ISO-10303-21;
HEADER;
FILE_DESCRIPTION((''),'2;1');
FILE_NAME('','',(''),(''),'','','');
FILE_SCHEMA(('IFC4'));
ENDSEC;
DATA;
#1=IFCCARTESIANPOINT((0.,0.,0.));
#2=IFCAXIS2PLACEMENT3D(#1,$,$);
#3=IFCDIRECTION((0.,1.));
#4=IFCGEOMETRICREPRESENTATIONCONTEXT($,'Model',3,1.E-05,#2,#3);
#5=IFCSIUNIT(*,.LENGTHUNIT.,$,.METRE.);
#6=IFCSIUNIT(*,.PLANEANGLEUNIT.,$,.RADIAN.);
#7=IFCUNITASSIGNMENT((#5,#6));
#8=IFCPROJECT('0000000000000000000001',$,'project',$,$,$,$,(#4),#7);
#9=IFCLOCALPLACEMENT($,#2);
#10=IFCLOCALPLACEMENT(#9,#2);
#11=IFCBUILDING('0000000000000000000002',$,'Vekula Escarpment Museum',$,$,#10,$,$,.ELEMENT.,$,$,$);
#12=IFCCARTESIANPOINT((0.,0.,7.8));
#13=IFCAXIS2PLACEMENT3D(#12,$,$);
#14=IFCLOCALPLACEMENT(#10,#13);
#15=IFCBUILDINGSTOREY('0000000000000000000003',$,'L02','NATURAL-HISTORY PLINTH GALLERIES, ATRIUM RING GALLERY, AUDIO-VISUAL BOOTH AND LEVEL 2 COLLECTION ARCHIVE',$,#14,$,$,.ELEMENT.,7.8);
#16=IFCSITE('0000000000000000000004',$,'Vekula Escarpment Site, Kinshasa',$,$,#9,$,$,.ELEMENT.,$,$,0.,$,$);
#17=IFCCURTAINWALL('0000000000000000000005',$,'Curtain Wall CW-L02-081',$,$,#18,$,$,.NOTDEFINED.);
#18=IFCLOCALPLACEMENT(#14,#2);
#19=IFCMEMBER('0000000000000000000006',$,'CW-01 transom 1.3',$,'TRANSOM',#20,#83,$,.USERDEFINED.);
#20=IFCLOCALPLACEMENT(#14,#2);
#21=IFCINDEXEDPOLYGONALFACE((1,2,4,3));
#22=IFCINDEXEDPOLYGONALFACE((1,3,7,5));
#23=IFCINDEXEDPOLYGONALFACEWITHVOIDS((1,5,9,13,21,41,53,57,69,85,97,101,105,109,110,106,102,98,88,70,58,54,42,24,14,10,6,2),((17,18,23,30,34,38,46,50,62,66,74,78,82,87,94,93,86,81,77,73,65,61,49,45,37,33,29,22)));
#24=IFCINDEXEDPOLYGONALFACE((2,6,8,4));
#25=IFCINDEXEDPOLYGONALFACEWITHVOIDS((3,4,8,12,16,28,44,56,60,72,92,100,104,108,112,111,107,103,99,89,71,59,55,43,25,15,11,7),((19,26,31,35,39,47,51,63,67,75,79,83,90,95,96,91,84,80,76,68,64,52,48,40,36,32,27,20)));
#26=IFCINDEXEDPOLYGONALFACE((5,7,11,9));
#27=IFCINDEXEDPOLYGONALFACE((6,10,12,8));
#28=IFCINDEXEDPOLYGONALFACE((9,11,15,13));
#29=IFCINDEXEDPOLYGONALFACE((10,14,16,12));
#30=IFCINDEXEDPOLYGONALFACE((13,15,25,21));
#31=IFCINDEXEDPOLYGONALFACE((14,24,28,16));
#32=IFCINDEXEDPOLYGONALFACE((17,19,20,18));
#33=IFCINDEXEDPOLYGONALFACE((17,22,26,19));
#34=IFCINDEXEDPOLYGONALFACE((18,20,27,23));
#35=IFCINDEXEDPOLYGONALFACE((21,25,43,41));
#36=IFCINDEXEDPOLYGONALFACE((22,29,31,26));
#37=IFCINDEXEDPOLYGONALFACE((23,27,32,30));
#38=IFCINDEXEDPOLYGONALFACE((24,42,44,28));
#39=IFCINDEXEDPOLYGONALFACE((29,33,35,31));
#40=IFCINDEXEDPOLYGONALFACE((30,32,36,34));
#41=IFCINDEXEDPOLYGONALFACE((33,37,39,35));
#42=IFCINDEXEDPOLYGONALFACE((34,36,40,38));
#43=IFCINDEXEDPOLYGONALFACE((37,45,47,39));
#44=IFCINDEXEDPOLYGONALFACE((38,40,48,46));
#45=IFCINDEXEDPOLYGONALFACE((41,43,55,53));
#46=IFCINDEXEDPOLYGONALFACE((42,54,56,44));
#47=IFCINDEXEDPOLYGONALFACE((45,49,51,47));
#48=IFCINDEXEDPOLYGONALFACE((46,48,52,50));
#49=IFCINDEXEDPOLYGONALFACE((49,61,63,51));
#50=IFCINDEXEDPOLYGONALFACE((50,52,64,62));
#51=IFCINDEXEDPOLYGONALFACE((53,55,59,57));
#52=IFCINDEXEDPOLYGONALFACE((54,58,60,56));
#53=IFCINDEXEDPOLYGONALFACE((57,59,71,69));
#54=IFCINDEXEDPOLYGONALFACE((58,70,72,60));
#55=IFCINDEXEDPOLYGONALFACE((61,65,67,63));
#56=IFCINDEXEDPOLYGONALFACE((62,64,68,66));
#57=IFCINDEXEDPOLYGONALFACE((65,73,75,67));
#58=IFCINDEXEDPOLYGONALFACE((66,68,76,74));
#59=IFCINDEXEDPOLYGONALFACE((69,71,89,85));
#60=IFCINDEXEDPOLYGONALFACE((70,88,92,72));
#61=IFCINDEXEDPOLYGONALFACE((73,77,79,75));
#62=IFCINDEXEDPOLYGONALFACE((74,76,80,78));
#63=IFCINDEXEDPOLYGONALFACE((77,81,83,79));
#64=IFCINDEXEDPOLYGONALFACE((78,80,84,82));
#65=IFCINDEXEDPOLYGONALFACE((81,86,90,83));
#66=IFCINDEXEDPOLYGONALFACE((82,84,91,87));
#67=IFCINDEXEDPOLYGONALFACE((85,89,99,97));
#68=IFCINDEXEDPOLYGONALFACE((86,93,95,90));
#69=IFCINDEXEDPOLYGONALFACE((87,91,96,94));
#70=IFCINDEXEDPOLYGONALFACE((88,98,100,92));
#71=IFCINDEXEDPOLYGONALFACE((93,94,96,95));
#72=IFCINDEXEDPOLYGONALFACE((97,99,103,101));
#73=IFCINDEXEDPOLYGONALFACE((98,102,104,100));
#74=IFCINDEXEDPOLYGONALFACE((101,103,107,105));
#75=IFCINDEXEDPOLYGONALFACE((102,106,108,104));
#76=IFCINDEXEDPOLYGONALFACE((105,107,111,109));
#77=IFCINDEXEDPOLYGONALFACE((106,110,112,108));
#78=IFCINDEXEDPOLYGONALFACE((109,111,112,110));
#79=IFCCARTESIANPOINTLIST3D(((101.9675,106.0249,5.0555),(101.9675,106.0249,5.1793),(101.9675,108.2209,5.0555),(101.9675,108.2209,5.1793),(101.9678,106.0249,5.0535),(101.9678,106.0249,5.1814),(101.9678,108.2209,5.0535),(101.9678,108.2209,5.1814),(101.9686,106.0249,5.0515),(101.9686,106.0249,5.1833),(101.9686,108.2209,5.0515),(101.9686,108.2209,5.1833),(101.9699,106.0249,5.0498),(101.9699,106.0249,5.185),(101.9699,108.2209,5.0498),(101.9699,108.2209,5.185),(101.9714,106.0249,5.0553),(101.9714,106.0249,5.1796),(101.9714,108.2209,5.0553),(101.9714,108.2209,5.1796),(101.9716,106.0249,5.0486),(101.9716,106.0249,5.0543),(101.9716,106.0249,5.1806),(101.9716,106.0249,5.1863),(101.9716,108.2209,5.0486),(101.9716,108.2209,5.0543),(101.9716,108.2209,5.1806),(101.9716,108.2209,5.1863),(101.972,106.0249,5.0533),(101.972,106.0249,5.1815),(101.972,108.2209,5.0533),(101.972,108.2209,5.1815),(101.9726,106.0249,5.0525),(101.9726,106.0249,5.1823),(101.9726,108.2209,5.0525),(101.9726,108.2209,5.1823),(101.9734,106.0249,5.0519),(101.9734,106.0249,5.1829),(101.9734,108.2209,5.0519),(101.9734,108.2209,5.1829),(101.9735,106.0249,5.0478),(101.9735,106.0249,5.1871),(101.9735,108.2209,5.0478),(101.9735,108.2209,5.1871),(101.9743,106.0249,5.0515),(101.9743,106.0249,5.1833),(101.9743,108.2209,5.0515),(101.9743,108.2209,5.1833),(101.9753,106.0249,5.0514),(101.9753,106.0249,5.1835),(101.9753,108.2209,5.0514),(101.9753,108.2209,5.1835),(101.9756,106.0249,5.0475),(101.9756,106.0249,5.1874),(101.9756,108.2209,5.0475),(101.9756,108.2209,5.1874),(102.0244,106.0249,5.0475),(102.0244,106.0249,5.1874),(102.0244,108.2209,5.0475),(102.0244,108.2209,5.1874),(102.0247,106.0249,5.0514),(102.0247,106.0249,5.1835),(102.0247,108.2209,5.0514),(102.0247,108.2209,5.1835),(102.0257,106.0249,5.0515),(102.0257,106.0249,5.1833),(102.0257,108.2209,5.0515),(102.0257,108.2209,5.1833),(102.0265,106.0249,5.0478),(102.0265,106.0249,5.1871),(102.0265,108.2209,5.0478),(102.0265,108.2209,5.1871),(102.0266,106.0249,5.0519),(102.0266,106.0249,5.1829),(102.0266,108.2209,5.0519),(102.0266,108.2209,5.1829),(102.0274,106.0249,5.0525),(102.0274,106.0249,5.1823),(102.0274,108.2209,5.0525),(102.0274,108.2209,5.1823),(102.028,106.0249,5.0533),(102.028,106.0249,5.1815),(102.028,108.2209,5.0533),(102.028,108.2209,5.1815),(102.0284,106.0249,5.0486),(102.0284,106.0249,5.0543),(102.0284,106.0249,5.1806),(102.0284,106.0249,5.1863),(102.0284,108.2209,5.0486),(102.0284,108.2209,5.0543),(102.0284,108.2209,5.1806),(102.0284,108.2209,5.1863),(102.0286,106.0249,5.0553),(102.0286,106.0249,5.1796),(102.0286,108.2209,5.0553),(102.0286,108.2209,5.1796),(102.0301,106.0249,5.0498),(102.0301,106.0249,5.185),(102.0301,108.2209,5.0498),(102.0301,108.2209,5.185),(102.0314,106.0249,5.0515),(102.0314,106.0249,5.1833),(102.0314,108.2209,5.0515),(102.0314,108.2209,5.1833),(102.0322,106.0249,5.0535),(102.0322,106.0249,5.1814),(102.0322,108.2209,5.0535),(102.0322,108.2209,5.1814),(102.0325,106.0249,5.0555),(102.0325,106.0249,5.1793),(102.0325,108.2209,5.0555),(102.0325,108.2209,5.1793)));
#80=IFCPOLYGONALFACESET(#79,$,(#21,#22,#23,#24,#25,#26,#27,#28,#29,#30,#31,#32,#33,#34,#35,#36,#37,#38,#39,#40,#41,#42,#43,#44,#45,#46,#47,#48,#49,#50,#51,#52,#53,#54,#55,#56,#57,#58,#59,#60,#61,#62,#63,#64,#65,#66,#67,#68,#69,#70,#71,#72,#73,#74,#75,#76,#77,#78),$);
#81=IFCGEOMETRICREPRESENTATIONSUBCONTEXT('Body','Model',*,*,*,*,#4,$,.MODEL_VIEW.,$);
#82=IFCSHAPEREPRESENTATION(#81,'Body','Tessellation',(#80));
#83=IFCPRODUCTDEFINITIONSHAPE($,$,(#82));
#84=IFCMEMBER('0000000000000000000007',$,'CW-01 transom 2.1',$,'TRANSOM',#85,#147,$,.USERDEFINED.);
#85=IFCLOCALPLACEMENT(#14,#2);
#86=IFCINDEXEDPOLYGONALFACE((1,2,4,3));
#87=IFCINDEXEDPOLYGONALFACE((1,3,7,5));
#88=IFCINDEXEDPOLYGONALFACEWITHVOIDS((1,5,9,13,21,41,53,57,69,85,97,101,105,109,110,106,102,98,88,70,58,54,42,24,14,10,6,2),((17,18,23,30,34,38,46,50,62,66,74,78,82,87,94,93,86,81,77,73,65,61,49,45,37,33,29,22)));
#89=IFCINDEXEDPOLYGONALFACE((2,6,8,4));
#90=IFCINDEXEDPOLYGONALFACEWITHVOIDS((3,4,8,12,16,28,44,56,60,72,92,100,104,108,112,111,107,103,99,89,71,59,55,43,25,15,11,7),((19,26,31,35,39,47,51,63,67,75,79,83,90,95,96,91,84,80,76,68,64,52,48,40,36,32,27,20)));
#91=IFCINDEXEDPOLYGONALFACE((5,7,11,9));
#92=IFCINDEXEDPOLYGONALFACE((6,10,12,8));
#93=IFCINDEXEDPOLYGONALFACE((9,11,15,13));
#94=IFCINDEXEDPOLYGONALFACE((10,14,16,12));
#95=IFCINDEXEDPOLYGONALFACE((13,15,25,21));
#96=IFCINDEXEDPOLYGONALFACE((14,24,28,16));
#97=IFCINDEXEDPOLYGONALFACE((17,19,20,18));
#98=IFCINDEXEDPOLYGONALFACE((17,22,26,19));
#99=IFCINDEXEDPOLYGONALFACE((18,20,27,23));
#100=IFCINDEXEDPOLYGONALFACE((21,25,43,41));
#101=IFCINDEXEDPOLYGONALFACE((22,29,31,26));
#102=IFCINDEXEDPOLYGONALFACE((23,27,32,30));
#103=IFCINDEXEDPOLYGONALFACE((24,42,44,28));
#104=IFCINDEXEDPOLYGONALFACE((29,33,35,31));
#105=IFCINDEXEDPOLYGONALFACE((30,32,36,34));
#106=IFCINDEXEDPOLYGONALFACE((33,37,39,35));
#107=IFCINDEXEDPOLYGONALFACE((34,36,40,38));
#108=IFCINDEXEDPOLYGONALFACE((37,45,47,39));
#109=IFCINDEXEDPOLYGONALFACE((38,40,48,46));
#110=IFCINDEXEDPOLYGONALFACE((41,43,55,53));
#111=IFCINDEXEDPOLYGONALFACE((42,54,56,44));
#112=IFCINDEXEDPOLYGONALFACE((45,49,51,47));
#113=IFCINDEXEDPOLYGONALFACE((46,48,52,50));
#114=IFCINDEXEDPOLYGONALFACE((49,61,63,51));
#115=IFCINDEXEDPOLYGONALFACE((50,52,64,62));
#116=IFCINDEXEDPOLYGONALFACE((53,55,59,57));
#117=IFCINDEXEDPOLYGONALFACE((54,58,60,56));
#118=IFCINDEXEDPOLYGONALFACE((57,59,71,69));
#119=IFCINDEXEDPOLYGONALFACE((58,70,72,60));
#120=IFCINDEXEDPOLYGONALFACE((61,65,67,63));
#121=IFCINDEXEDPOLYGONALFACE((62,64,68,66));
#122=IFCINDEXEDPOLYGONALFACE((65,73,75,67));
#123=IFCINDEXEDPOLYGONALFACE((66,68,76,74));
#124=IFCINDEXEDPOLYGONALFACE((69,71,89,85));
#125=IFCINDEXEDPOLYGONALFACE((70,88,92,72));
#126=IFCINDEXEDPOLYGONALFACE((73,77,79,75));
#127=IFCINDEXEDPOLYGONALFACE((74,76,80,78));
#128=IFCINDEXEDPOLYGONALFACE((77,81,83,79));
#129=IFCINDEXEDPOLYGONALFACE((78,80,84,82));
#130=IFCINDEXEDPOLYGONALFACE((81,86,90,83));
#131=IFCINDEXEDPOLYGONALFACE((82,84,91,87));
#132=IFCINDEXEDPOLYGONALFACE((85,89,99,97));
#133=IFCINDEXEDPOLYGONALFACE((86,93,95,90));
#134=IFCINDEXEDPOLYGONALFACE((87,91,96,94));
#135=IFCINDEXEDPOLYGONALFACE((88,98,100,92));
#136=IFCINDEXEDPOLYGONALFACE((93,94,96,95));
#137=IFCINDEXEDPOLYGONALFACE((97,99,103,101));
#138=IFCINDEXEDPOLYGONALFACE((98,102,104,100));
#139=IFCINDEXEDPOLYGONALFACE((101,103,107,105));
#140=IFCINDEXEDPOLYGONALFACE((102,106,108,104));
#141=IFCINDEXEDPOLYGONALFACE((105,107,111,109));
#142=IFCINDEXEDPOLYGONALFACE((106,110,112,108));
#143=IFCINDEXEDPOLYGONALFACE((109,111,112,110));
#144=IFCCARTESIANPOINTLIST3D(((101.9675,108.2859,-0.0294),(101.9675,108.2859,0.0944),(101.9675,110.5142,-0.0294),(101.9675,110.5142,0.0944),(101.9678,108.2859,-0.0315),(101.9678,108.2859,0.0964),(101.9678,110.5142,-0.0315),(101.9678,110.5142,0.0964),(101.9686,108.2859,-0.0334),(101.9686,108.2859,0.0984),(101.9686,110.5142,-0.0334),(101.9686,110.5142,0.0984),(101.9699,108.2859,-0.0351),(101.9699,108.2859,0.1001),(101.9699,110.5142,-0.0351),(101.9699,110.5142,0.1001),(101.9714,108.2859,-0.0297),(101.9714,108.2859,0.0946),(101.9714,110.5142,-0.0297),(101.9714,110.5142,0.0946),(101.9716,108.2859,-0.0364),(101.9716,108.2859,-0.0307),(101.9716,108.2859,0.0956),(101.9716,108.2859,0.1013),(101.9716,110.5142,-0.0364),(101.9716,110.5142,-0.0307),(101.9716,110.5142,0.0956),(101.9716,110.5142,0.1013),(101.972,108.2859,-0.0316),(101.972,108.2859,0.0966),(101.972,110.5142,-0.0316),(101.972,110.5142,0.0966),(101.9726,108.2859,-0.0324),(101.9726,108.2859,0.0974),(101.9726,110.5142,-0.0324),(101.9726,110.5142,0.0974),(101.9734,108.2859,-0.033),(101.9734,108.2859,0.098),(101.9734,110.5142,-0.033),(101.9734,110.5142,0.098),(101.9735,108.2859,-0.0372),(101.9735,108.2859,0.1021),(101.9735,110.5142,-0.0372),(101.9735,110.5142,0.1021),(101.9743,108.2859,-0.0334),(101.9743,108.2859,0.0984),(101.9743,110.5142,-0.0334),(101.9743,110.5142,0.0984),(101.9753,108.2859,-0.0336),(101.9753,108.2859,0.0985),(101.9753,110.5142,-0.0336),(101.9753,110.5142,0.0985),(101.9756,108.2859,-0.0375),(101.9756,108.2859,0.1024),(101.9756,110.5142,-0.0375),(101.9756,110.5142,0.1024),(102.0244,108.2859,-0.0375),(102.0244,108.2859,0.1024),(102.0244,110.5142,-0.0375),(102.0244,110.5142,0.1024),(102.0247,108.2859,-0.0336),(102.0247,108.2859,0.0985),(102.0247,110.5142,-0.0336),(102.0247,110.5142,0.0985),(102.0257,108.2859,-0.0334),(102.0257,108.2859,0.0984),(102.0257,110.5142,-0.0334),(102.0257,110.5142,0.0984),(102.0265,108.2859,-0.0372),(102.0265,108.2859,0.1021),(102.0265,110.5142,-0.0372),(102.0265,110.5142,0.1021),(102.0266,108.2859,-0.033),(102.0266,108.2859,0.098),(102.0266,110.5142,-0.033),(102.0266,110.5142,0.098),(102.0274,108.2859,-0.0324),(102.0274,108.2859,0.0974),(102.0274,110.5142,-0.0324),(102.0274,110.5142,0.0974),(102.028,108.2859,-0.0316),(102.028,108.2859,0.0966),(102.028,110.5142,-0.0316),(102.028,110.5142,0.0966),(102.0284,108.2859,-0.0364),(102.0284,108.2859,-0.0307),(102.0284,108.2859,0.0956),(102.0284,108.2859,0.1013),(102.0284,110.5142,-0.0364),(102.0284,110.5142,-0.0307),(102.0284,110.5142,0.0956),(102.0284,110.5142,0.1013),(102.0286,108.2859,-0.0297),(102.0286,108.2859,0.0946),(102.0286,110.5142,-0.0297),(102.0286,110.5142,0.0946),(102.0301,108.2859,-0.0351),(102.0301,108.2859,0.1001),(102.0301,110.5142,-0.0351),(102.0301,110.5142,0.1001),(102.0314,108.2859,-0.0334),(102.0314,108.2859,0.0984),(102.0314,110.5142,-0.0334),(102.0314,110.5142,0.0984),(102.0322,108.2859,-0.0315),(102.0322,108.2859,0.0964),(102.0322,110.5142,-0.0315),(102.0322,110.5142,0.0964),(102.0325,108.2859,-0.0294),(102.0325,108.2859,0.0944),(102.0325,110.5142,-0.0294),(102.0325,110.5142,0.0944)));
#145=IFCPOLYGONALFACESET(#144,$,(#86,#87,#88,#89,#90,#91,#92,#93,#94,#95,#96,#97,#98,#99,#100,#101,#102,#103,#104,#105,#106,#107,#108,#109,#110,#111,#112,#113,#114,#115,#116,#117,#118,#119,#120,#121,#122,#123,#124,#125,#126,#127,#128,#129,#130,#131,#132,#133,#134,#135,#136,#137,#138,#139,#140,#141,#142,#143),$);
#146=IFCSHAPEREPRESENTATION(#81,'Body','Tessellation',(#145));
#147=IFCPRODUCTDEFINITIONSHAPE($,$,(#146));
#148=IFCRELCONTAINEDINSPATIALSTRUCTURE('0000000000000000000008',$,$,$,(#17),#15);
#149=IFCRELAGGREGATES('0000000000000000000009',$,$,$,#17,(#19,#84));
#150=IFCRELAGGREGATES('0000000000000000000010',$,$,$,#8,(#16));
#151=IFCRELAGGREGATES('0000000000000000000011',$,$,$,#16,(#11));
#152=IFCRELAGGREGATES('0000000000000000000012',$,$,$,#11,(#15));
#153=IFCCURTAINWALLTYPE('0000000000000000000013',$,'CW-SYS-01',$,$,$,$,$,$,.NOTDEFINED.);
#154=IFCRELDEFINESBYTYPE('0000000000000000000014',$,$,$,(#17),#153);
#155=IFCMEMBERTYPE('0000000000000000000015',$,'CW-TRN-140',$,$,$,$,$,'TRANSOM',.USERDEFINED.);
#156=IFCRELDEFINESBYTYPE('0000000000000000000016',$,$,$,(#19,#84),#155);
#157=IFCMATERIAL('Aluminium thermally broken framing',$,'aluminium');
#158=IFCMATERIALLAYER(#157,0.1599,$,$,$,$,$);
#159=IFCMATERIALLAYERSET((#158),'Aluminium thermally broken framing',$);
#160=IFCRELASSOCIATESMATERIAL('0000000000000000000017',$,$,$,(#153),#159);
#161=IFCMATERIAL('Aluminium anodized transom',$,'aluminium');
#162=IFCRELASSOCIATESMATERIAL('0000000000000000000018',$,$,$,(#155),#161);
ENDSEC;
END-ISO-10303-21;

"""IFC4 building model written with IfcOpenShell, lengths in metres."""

from ifc_helpers import new_model, si_unit, direction, frame, origin, origin_2d, place, context, subcontext, project, spatial, hollow_rectangle, extrude, material, layer, layer_set, material_profile, profile_set, type_object, element, aggregate, save


model = new_model("IFC4")

# Units and contexts
model_context = context("Model", 3, precision=1e-05, world=origin(), true_north=direction((0.0, 1.0)))
body_context = subcontext(model_context, "Body", "Model", "MODEL_VIEW")
ifc_project = project(units=[si_unit("LENGTHUNIT", "METRE"), si_unit("PLANEANGLEUNIT", "RADIAN")], contexts=[model_context])

# Site, building, storey
site_placement = place(None, origin())
site = spatial("IfcSite", under=ifc_project, at=site_placement, Name="Vekula Escarpment Site, Kinshasa", CompositionType="ELEMENT", RefElevation=0.0)
building_placement = place(site_placement, origin())
building = spatial("IfcBuilding", under=site, at=building_placement, Name="Vekula Escarpment Museum", CompositionType="ELEMENT")
storey_placement = place(building_placement, frame((0.0, 0.0, 7.8)))
storey = spatial("IfcBuildingStorey", under=building, at=storey_placement, Name="L02", Description="NATURAL-HISTORY PLINTH GALLERIES, ATRIUM RING GALLERY, AUDIO-VISUAL BOOTH AND LEVEL 2 COLLECTION ARCHIVE", CompositionType="ELEMENT", Elevation=7.8)

# Curtain wall
ifc_material_1 = material(Name="Aluminium thermally broken framing", Category="aluminium")
ifc_layer_1 = layer(ifc_material_1, 0.1599)
ifc_layer_set_1 = layer_set([ifc_layer_1], Name="Aluminium thermally broken framing")
curtain_wall_type_1 = type_object("IfcCurtainWallType", Name="CW-SYS-01", PredefinedType="NOTDEFINED", material=ifc_layer_set_1)
curtain_wall_1_placement = place(storey_placement, origin())
curtain_wall_1 = element("IfcCurtainWall", 1, at=curtain_wall_1_placement, inside=storey, type_object=curtain_wall_type_1, Name="Curtain Wall CW-L02-081", PredefinedType="NOTDEFINED")

# Members
ifc_material_2 = material(Name="Aluminium anodized transom", Category="aluminium")
ifc_material_profile_1 = material_profile(ifc_material_2, hollow_rectangle(XDim=0.0649, YDim=0.1399, WallThickness=0.0039, InnerFilletRadius=0.0039, OuterFilletRadius=0.0081, at=origin_2d()), Name="ALU 140x65x4")
ifc_profile_set_1 = profile_set([ifc_material_profile_1], Name="Aluminium anodized transom")
member_type_1 = type_object("IfcMemberType", Name="CW-TRN-140", ElementType="TRANSOM", PredefinedType="USERDEFINED", material=ifc_profile_set_1)
member_1_placement = place(storey_placement, frame((102.0, 106.0249, 5.1174), z_axis=(0.0, 1.0, 0.0), x_axis=(-1.0, 0.0, 0.0)))
member_1 = element("IfcMember", 2, at=member_1_placement, type_object=member_type_1, Name="CW-01 transom 1.3", ObjectType="TRANSOM", PredefinedType="USERDEFINED", context=body_context, shape_type="SweptSolid", body=[
    extrude(hollow_rectangle(XDim=0.0649, YDim=0.1399, WallThickness=0.0039, InnerFilletRadius=0.0039, OuterFilletRadius=0.0081, at=origin_2d()), origin(), (0.0, 0.0, 1.0), 2.196),
])
member_2_placement = place(storey_placement, frame((102.0, 108.2859, 0.0325), z_axis=(0.0, 1.0, 0.0), x_axis=(-1.0, 0.0, 0.0)))
member_2 = element("IfcMember", 3, at=member_2_placement, type_object=member_type_1, Name="CW-01 transom 2.1", ObjectType="TRANSOM", PredefinedType="USERDEFINED", context=body_context, shape_type="SweptSolid", body=[
    extrude(hollow_rectangle(XDim=0.0649, YDim=0.1399, WallThickness=0.0039, InnerFilletRadius=0.0039, OuterFilletRadius=0.0081, at=origin_2d()), origin(), (0.0, 0.0, 1.0), 2.2283),
])

aggregate(curtain_wall_1, [member_1, member_2])

save(model, "model.ifc")
